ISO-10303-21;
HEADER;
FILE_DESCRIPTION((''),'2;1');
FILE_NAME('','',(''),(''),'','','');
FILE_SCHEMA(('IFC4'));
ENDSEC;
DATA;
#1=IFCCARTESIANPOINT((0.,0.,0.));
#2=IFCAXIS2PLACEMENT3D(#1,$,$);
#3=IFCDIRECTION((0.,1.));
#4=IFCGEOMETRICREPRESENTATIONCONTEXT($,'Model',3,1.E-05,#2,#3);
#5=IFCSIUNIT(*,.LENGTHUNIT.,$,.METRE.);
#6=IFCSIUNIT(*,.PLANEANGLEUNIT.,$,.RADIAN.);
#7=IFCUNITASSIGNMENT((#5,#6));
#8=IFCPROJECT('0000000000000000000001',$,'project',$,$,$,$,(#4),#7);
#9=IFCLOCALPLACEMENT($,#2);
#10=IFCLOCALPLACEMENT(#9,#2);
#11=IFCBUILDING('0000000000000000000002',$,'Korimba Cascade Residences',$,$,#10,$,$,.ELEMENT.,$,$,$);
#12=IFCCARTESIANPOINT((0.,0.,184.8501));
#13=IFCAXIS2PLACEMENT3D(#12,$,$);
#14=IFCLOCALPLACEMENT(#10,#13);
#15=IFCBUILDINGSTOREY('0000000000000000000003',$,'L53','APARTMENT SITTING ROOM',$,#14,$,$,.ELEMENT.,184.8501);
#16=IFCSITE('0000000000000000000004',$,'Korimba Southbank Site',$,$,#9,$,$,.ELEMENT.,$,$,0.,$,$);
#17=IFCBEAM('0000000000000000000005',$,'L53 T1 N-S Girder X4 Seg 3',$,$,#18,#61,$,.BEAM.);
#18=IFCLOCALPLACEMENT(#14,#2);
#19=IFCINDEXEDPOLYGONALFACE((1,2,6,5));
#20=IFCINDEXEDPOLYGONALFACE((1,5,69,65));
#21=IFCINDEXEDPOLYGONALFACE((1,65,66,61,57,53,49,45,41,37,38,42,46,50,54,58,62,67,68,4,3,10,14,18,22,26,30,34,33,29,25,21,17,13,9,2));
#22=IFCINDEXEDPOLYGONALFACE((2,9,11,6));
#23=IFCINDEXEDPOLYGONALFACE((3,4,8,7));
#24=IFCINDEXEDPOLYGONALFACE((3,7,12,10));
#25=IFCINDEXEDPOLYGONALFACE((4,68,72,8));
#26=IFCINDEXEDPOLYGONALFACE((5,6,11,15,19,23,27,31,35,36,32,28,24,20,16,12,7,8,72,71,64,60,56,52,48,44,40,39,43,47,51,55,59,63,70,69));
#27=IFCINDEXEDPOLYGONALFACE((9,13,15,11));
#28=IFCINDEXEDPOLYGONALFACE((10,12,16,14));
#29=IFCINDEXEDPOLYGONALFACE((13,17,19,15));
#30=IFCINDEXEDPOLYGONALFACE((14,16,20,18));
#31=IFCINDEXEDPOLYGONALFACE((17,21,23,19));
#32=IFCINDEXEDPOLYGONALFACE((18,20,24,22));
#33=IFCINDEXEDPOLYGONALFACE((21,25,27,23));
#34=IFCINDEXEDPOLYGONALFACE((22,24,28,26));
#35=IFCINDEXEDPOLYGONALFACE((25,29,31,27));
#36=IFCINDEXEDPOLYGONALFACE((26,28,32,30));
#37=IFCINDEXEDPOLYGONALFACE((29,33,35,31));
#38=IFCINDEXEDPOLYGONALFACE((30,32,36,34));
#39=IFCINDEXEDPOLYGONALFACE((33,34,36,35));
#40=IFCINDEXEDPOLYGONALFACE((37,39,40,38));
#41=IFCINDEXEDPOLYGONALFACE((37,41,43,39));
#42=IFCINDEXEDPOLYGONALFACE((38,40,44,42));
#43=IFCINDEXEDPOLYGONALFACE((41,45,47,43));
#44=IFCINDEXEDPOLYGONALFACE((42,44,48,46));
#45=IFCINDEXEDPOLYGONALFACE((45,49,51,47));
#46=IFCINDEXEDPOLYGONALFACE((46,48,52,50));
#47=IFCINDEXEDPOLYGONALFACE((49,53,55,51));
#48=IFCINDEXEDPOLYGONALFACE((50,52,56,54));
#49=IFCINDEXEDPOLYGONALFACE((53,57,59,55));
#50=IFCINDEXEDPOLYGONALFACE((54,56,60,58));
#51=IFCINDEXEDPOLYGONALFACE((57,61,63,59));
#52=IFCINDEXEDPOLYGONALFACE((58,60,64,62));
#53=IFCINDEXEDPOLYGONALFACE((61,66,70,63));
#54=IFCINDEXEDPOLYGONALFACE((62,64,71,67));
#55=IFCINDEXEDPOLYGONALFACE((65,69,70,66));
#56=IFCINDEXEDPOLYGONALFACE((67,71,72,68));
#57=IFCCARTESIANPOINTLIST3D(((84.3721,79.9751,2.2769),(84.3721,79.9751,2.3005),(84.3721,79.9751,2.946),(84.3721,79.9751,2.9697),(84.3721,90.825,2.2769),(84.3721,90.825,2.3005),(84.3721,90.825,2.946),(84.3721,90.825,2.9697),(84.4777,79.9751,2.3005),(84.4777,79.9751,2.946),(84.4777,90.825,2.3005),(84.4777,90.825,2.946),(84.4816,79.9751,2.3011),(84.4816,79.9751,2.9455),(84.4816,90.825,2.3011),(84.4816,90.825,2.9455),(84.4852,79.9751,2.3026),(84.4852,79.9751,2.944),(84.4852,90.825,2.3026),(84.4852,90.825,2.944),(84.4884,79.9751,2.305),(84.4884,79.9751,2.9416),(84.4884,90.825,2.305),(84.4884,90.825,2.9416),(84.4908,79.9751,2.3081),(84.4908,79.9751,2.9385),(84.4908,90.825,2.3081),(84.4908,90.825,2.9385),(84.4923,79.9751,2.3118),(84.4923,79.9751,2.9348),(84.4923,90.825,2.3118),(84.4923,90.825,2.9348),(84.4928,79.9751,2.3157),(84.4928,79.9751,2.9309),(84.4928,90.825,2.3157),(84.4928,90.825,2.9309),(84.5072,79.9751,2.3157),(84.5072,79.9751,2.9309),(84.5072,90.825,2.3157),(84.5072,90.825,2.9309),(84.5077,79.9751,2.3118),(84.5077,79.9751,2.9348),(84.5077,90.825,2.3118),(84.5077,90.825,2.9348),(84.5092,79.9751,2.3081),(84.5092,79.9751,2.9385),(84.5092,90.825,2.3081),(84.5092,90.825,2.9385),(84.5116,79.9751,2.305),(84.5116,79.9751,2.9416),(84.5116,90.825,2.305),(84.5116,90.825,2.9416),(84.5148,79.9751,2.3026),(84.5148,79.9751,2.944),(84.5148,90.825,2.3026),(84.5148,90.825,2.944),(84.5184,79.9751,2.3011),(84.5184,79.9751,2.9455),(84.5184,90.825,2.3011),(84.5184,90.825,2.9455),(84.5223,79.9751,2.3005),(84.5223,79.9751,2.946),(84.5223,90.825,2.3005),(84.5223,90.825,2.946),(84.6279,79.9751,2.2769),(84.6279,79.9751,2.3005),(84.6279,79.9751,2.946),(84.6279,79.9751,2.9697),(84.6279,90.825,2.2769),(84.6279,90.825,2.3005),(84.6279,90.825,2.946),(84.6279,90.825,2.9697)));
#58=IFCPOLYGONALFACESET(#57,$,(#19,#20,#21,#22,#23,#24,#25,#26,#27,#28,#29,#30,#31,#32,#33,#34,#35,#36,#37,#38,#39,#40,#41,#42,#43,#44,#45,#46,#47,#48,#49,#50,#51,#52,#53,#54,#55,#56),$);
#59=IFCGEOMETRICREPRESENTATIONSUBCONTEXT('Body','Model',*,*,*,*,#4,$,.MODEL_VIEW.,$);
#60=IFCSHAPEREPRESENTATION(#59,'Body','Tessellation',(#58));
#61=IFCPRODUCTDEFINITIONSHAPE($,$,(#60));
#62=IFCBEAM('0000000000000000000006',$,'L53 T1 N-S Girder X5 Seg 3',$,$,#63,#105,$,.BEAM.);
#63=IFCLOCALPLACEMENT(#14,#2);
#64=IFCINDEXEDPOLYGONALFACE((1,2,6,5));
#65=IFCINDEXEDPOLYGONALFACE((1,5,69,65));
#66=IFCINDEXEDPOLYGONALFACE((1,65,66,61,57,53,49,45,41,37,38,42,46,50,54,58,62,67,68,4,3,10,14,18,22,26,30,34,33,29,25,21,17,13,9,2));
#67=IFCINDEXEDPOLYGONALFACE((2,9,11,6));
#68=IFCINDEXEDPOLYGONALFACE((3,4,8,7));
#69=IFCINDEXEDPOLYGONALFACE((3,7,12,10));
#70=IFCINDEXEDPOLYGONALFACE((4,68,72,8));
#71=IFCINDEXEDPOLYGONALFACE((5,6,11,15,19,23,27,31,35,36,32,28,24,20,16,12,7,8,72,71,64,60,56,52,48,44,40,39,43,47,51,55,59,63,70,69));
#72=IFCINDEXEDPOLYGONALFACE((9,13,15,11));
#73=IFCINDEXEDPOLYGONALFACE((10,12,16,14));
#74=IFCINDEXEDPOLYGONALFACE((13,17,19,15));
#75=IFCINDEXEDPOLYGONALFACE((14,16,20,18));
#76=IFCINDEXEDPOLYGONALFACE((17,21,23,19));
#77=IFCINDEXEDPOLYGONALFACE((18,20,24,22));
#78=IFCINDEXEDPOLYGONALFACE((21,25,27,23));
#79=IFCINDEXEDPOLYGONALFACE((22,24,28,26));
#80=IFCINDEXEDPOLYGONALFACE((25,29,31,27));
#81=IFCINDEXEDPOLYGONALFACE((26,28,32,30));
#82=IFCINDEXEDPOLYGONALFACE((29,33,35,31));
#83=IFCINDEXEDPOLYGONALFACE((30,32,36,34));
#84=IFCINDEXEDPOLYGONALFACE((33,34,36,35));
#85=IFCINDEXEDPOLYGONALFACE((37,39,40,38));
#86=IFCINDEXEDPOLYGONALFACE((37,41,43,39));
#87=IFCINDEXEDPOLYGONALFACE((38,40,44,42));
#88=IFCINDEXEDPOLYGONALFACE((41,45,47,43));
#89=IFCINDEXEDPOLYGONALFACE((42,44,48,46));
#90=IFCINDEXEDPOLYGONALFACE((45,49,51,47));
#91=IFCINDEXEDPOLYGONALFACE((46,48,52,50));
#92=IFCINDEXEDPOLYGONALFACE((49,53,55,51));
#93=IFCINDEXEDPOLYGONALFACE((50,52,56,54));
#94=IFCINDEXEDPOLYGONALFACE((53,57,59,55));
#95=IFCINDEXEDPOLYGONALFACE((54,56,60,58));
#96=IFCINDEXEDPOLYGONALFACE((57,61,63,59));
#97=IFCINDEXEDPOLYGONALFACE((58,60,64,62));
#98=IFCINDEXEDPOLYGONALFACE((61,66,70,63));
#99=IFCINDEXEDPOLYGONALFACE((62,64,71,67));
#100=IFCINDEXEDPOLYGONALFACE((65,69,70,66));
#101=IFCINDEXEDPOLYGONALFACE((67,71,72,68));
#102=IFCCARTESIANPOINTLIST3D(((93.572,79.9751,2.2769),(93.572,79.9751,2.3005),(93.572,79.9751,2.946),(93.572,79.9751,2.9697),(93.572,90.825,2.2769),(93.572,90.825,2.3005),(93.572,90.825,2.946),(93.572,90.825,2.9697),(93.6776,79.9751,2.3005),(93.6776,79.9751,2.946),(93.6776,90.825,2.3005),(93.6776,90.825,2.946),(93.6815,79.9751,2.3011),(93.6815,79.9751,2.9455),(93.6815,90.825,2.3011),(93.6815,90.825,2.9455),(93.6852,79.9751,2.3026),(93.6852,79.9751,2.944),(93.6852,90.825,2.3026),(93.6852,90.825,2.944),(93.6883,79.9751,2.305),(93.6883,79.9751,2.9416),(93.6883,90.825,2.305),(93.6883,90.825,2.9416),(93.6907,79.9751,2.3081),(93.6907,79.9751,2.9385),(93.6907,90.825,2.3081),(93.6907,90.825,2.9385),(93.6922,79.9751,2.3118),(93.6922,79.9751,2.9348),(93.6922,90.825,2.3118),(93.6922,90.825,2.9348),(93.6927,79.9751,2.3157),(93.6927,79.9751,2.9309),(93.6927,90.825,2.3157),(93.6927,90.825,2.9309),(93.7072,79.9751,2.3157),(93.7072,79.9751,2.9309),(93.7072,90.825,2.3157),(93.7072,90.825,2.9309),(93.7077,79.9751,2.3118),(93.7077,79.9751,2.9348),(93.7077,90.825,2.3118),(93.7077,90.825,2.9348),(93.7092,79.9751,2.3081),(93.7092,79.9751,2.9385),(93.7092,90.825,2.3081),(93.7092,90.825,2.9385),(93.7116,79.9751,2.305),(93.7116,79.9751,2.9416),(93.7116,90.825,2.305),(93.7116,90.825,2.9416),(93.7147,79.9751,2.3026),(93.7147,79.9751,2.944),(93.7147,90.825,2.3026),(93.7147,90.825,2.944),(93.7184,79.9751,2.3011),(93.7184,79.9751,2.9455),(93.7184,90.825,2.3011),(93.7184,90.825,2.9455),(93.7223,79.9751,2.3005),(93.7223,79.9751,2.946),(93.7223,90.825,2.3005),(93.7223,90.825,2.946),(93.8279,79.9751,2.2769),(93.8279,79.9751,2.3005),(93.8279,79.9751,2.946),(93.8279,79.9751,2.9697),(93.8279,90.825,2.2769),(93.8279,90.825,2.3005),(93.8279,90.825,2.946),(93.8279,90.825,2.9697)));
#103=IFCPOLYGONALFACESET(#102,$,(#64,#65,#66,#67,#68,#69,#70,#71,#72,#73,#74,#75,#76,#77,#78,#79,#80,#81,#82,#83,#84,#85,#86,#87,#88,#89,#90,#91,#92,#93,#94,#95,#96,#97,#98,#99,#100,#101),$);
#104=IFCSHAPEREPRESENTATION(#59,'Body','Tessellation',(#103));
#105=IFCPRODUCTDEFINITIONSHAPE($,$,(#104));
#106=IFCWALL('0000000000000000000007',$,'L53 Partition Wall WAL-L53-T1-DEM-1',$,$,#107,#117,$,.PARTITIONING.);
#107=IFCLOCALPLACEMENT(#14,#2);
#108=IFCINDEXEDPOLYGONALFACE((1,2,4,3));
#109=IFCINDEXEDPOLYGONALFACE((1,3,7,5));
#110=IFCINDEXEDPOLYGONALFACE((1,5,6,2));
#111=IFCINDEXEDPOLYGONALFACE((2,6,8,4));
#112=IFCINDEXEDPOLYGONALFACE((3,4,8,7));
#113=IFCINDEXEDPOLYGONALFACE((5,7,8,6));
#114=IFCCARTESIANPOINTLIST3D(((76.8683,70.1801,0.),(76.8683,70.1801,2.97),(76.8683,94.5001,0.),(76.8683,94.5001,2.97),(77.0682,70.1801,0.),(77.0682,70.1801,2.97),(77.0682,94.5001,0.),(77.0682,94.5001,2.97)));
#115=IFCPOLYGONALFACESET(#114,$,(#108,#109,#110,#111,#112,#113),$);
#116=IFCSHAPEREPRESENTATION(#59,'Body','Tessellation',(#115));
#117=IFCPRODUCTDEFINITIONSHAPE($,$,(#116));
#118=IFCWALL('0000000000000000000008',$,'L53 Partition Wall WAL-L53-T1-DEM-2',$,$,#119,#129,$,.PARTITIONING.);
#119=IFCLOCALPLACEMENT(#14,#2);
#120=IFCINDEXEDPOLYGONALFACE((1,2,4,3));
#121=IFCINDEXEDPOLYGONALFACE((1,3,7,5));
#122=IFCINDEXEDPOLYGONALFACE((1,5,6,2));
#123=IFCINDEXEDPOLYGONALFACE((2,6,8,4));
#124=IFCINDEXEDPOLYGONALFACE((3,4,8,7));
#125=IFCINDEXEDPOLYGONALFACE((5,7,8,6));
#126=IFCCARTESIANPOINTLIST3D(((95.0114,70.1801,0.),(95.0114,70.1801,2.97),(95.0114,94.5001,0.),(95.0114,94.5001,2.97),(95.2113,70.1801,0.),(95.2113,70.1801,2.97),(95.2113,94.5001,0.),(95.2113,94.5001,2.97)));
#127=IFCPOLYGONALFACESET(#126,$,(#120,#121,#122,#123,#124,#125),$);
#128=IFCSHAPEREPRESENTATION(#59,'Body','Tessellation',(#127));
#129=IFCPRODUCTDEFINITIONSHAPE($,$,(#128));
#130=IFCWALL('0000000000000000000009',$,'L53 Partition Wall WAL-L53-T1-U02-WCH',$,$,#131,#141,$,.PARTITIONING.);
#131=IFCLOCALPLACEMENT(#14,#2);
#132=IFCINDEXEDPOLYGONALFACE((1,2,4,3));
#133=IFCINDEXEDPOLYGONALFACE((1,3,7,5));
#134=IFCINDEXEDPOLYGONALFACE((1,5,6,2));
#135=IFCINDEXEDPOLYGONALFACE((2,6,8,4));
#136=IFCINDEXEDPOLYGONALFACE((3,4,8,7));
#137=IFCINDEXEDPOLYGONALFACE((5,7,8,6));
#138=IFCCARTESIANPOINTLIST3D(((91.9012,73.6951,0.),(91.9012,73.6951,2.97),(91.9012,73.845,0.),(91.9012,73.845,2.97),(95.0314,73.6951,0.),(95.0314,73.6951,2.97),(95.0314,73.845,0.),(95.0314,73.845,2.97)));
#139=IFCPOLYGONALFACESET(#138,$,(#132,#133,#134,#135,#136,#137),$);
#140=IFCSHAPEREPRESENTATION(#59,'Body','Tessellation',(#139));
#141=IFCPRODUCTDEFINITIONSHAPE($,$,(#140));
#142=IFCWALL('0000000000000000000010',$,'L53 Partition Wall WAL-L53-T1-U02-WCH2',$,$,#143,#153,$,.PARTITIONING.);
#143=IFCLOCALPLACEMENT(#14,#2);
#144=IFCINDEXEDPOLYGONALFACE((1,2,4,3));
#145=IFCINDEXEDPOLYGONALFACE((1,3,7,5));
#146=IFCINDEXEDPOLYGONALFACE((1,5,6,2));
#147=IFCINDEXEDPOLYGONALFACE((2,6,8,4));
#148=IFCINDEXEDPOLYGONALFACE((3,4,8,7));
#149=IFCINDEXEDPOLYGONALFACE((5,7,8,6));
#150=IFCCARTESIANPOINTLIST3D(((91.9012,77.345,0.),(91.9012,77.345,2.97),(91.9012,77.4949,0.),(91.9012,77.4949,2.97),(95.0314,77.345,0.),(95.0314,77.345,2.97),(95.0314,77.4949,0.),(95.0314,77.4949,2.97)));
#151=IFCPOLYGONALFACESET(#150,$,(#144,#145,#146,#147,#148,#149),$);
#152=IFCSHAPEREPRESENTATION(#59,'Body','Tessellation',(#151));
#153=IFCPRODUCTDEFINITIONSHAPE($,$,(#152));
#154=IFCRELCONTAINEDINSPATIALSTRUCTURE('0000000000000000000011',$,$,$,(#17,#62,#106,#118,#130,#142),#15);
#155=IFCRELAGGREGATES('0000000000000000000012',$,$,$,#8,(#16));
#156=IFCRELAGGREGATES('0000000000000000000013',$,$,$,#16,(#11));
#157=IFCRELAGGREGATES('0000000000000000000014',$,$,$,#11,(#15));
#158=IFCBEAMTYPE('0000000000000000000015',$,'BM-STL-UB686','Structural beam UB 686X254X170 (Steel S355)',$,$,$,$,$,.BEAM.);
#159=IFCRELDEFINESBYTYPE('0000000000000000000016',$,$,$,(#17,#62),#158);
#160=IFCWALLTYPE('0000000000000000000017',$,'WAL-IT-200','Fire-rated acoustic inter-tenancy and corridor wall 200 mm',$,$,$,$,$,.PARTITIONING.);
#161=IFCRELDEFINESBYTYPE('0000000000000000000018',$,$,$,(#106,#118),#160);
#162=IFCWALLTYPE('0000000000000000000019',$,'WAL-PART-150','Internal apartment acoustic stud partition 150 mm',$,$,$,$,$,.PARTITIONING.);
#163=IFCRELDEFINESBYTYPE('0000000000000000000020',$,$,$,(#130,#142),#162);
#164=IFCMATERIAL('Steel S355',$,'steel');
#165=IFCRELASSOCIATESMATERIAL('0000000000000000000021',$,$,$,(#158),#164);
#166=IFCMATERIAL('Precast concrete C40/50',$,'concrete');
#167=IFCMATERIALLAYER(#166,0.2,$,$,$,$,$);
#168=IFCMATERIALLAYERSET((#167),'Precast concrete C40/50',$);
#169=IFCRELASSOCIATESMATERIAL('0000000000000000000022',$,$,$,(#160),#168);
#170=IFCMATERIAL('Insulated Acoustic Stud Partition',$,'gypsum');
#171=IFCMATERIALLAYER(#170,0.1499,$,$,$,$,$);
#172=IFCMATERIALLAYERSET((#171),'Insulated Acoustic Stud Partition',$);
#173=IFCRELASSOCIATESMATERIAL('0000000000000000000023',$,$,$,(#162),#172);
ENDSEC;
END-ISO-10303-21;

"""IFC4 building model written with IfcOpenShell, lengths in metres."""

from ifc_helpers import new_model, si_unit, direction, frame, frame_2d, origin, origin_2d, place, context, subcontext, project, spatial, rectangle, i_section, extrude, material, layer, layer_set, material_profile, profile_set, type_object, element, save


model = new_model("IFC4")

# Units and contexts
model_context = context("Model", 3, precision=1e-05, world=origin(), true_north=direction((0.0, 1.0)))
body_context = subcontext(model_context, "Body", "Model", "MODEL_VIEW")
ifc_project = project(units=[si_unit("LENGTHUNIT", "METRE"), si_unit("PLANEANGLEUNIT", "RADIAN")], contexts=[model_context])

# Site, building, storey
site_placement = place(None, origin())
site = spatial("IfcSite", under=ifc_project, at=site_placement, Name="Korimba Southbank Site", CompositionType="ELEMENT", RefElevation=0.0)
building_placement = place(site_placement, origin())
building = spatial("IfcBuilding", under=site, at=building_placement, Name="Korimba Cascade Residences", CompositionType="ELEMENT")
storey_placement = place(building_placement, frame((0.0, 0.0, 184.8501)))
storey = spatial("IfcBuildingStorey", under=building, at=storey_placement, Name="L53", Description="APARTMENT SITTING ROOM", CompositionType="ELEMENT", Elevation=184.8501)

# Beams
ifc_material_1 = material(Name="Steel S355", Category="steel")
ifc_material_profile_1 = material_profile(ifc_material_1, i_section(OverallWidth=0.2559, OverallDepth=0.6929, WebThickness=0.0144, FlangeThickness=0.0237, FilletRadius=0.0151, at=origin_2d()), Name="Steel S355")
ifc_profile_set_1 = profile_set([ifc_material_profile_1], Name="Steel S355")
beam_type_1 = type_object("IfcBeamType", Name="BM-STL-UB686", Description="Structural beam UB 686X254X170 (Steel S355)", PredefinedType="BEAM", material=ifc_profile_set_1)
for number, where, z_axis, x_axis, name in (
    (1, (84.5, 79.9751, 2.6233), (0.0, 1.0, 0.0), (-1.0, 0.0, 0.0), "L53 T1 N-S Girder X4 Seg 3"),
    (2, (93.7, 79.9751, 2.6233), (0.0, 1.0, 0.0), (-1.0, 0.0, 0.0), "L53 T1 N-S Girder X5 Seg 3"),
):
    element("IfcBeam", number, at=place(storey_placement, frame(where, z_axis=z_axis, x_axis=x_axis)), inside=storey, type_object=beam_type_1, Name=name, PredefinedType="BEAM", context=body_context, shape_type="SweptSolid", body=[
        extrude(i_section(OverallWidth=0.2559, OverallDepth=0.6929, WebThickness=0.0144, FlangeThickness=0.0237, FilletRadius=0.0151, at=origin_2d()), origin(), (0.0, 0.0, 1.0), 10.8499),
    ])

# Walls
ifc_material_2 = material(Name="Precast concrete C40/50", Category="concrete")
ifc_layer_1 = layer(ifc_material_2, 0.2)
ifc_layer_set_1 = layer_set([ifc_layer_1], Name="Precast concrete C40/50")
wall_type_1 = type_object("IfcWallType", Name="WAL-IT-200", Description="Fire-rated acoustic inter-tenancy and corridor wall 200 mm", PredefinedType="PARTITIONING", material=ifc_layer_set_1)
for number, where, z_axis, x_axis, name in (
    (3, (76.9683, 70.1799, 0.0), (0.0, 0.0, 1.0), (0.0, 1.0, 0.0), "L53 Partition Wall WAL-L53-T1-DEM-1"),
    (4, (95.1113, 70.1799, 0.0), (0.0, 0.0, 1.0), (0.0, 1.0, 0.0), "L53 Partition Wall WAL-L53-T1-DEM-2"),
):
    element("IfcWall", number, at=place(storey_placement, frame(where, z_axis=z_axis, x_axis=x_axis)), inside=storey, type_object=wall_type_1, Name=name, PredefinedType="PARTITIONING", context=body_context, shape_type="SweptSolid", body=[
        extrude(rectangle(XDim=24.3201, YDim=0.2, at=frame_2d((12.1602, 0.0))), origin(), (0.0, 0.0, 1.0), 2.97),
    ])
ifc_material_3 = material(Name="Insulated Acoustic Stud Partition", Category="gypsum")
ifc_layer_2 = layer(ifc_material_3, 0.1499)
ifc_layer_set_2 = layer_set([ifc_layer_2], Name="Insulated Acoustic Stud Partition")
wall_type_2 = type_object("IfcWallType", Name="WAL-PART-150", Description="Internal apartment acoustic stud partition 150 mm", PredefinedType="PARTITIONING", material=ifc_layer_set_2)
for number, where, z_axis, x_axis, name in (
    (5, (91.9014, 73.77, 0.0), (0.0, 0.0, 1.0), (1.0, 0.0, 0.0), "L53 Partition Wall WAL-L53-T1-U02-WCH"),
    (6, (91.9014, 77.4199, 0.0), (0.0, 0.0, 1.0), (1.0, 0.0, 0.0), "L53 Partition Wall WAL-L53-T1-U02-WCH2"),
):
    element("IfcWall", number, at=place(storey_placement, frame(where, z_axis=z_axis, x_axis=x_axis)), inside=storey, type_object=wall_type_2, Name=name, PredefinedType="PARTITIONING", context=body_context, shape_type="SweptSolid", body=[
        extrude(rectangle(XDim=3.1301, YDim=0.1499, at=frame_2d((1.5649, 0.0))), origin(), (0.0, 0.0, 1.0), 2.97),
    ])

save(model, "model.ifc")
